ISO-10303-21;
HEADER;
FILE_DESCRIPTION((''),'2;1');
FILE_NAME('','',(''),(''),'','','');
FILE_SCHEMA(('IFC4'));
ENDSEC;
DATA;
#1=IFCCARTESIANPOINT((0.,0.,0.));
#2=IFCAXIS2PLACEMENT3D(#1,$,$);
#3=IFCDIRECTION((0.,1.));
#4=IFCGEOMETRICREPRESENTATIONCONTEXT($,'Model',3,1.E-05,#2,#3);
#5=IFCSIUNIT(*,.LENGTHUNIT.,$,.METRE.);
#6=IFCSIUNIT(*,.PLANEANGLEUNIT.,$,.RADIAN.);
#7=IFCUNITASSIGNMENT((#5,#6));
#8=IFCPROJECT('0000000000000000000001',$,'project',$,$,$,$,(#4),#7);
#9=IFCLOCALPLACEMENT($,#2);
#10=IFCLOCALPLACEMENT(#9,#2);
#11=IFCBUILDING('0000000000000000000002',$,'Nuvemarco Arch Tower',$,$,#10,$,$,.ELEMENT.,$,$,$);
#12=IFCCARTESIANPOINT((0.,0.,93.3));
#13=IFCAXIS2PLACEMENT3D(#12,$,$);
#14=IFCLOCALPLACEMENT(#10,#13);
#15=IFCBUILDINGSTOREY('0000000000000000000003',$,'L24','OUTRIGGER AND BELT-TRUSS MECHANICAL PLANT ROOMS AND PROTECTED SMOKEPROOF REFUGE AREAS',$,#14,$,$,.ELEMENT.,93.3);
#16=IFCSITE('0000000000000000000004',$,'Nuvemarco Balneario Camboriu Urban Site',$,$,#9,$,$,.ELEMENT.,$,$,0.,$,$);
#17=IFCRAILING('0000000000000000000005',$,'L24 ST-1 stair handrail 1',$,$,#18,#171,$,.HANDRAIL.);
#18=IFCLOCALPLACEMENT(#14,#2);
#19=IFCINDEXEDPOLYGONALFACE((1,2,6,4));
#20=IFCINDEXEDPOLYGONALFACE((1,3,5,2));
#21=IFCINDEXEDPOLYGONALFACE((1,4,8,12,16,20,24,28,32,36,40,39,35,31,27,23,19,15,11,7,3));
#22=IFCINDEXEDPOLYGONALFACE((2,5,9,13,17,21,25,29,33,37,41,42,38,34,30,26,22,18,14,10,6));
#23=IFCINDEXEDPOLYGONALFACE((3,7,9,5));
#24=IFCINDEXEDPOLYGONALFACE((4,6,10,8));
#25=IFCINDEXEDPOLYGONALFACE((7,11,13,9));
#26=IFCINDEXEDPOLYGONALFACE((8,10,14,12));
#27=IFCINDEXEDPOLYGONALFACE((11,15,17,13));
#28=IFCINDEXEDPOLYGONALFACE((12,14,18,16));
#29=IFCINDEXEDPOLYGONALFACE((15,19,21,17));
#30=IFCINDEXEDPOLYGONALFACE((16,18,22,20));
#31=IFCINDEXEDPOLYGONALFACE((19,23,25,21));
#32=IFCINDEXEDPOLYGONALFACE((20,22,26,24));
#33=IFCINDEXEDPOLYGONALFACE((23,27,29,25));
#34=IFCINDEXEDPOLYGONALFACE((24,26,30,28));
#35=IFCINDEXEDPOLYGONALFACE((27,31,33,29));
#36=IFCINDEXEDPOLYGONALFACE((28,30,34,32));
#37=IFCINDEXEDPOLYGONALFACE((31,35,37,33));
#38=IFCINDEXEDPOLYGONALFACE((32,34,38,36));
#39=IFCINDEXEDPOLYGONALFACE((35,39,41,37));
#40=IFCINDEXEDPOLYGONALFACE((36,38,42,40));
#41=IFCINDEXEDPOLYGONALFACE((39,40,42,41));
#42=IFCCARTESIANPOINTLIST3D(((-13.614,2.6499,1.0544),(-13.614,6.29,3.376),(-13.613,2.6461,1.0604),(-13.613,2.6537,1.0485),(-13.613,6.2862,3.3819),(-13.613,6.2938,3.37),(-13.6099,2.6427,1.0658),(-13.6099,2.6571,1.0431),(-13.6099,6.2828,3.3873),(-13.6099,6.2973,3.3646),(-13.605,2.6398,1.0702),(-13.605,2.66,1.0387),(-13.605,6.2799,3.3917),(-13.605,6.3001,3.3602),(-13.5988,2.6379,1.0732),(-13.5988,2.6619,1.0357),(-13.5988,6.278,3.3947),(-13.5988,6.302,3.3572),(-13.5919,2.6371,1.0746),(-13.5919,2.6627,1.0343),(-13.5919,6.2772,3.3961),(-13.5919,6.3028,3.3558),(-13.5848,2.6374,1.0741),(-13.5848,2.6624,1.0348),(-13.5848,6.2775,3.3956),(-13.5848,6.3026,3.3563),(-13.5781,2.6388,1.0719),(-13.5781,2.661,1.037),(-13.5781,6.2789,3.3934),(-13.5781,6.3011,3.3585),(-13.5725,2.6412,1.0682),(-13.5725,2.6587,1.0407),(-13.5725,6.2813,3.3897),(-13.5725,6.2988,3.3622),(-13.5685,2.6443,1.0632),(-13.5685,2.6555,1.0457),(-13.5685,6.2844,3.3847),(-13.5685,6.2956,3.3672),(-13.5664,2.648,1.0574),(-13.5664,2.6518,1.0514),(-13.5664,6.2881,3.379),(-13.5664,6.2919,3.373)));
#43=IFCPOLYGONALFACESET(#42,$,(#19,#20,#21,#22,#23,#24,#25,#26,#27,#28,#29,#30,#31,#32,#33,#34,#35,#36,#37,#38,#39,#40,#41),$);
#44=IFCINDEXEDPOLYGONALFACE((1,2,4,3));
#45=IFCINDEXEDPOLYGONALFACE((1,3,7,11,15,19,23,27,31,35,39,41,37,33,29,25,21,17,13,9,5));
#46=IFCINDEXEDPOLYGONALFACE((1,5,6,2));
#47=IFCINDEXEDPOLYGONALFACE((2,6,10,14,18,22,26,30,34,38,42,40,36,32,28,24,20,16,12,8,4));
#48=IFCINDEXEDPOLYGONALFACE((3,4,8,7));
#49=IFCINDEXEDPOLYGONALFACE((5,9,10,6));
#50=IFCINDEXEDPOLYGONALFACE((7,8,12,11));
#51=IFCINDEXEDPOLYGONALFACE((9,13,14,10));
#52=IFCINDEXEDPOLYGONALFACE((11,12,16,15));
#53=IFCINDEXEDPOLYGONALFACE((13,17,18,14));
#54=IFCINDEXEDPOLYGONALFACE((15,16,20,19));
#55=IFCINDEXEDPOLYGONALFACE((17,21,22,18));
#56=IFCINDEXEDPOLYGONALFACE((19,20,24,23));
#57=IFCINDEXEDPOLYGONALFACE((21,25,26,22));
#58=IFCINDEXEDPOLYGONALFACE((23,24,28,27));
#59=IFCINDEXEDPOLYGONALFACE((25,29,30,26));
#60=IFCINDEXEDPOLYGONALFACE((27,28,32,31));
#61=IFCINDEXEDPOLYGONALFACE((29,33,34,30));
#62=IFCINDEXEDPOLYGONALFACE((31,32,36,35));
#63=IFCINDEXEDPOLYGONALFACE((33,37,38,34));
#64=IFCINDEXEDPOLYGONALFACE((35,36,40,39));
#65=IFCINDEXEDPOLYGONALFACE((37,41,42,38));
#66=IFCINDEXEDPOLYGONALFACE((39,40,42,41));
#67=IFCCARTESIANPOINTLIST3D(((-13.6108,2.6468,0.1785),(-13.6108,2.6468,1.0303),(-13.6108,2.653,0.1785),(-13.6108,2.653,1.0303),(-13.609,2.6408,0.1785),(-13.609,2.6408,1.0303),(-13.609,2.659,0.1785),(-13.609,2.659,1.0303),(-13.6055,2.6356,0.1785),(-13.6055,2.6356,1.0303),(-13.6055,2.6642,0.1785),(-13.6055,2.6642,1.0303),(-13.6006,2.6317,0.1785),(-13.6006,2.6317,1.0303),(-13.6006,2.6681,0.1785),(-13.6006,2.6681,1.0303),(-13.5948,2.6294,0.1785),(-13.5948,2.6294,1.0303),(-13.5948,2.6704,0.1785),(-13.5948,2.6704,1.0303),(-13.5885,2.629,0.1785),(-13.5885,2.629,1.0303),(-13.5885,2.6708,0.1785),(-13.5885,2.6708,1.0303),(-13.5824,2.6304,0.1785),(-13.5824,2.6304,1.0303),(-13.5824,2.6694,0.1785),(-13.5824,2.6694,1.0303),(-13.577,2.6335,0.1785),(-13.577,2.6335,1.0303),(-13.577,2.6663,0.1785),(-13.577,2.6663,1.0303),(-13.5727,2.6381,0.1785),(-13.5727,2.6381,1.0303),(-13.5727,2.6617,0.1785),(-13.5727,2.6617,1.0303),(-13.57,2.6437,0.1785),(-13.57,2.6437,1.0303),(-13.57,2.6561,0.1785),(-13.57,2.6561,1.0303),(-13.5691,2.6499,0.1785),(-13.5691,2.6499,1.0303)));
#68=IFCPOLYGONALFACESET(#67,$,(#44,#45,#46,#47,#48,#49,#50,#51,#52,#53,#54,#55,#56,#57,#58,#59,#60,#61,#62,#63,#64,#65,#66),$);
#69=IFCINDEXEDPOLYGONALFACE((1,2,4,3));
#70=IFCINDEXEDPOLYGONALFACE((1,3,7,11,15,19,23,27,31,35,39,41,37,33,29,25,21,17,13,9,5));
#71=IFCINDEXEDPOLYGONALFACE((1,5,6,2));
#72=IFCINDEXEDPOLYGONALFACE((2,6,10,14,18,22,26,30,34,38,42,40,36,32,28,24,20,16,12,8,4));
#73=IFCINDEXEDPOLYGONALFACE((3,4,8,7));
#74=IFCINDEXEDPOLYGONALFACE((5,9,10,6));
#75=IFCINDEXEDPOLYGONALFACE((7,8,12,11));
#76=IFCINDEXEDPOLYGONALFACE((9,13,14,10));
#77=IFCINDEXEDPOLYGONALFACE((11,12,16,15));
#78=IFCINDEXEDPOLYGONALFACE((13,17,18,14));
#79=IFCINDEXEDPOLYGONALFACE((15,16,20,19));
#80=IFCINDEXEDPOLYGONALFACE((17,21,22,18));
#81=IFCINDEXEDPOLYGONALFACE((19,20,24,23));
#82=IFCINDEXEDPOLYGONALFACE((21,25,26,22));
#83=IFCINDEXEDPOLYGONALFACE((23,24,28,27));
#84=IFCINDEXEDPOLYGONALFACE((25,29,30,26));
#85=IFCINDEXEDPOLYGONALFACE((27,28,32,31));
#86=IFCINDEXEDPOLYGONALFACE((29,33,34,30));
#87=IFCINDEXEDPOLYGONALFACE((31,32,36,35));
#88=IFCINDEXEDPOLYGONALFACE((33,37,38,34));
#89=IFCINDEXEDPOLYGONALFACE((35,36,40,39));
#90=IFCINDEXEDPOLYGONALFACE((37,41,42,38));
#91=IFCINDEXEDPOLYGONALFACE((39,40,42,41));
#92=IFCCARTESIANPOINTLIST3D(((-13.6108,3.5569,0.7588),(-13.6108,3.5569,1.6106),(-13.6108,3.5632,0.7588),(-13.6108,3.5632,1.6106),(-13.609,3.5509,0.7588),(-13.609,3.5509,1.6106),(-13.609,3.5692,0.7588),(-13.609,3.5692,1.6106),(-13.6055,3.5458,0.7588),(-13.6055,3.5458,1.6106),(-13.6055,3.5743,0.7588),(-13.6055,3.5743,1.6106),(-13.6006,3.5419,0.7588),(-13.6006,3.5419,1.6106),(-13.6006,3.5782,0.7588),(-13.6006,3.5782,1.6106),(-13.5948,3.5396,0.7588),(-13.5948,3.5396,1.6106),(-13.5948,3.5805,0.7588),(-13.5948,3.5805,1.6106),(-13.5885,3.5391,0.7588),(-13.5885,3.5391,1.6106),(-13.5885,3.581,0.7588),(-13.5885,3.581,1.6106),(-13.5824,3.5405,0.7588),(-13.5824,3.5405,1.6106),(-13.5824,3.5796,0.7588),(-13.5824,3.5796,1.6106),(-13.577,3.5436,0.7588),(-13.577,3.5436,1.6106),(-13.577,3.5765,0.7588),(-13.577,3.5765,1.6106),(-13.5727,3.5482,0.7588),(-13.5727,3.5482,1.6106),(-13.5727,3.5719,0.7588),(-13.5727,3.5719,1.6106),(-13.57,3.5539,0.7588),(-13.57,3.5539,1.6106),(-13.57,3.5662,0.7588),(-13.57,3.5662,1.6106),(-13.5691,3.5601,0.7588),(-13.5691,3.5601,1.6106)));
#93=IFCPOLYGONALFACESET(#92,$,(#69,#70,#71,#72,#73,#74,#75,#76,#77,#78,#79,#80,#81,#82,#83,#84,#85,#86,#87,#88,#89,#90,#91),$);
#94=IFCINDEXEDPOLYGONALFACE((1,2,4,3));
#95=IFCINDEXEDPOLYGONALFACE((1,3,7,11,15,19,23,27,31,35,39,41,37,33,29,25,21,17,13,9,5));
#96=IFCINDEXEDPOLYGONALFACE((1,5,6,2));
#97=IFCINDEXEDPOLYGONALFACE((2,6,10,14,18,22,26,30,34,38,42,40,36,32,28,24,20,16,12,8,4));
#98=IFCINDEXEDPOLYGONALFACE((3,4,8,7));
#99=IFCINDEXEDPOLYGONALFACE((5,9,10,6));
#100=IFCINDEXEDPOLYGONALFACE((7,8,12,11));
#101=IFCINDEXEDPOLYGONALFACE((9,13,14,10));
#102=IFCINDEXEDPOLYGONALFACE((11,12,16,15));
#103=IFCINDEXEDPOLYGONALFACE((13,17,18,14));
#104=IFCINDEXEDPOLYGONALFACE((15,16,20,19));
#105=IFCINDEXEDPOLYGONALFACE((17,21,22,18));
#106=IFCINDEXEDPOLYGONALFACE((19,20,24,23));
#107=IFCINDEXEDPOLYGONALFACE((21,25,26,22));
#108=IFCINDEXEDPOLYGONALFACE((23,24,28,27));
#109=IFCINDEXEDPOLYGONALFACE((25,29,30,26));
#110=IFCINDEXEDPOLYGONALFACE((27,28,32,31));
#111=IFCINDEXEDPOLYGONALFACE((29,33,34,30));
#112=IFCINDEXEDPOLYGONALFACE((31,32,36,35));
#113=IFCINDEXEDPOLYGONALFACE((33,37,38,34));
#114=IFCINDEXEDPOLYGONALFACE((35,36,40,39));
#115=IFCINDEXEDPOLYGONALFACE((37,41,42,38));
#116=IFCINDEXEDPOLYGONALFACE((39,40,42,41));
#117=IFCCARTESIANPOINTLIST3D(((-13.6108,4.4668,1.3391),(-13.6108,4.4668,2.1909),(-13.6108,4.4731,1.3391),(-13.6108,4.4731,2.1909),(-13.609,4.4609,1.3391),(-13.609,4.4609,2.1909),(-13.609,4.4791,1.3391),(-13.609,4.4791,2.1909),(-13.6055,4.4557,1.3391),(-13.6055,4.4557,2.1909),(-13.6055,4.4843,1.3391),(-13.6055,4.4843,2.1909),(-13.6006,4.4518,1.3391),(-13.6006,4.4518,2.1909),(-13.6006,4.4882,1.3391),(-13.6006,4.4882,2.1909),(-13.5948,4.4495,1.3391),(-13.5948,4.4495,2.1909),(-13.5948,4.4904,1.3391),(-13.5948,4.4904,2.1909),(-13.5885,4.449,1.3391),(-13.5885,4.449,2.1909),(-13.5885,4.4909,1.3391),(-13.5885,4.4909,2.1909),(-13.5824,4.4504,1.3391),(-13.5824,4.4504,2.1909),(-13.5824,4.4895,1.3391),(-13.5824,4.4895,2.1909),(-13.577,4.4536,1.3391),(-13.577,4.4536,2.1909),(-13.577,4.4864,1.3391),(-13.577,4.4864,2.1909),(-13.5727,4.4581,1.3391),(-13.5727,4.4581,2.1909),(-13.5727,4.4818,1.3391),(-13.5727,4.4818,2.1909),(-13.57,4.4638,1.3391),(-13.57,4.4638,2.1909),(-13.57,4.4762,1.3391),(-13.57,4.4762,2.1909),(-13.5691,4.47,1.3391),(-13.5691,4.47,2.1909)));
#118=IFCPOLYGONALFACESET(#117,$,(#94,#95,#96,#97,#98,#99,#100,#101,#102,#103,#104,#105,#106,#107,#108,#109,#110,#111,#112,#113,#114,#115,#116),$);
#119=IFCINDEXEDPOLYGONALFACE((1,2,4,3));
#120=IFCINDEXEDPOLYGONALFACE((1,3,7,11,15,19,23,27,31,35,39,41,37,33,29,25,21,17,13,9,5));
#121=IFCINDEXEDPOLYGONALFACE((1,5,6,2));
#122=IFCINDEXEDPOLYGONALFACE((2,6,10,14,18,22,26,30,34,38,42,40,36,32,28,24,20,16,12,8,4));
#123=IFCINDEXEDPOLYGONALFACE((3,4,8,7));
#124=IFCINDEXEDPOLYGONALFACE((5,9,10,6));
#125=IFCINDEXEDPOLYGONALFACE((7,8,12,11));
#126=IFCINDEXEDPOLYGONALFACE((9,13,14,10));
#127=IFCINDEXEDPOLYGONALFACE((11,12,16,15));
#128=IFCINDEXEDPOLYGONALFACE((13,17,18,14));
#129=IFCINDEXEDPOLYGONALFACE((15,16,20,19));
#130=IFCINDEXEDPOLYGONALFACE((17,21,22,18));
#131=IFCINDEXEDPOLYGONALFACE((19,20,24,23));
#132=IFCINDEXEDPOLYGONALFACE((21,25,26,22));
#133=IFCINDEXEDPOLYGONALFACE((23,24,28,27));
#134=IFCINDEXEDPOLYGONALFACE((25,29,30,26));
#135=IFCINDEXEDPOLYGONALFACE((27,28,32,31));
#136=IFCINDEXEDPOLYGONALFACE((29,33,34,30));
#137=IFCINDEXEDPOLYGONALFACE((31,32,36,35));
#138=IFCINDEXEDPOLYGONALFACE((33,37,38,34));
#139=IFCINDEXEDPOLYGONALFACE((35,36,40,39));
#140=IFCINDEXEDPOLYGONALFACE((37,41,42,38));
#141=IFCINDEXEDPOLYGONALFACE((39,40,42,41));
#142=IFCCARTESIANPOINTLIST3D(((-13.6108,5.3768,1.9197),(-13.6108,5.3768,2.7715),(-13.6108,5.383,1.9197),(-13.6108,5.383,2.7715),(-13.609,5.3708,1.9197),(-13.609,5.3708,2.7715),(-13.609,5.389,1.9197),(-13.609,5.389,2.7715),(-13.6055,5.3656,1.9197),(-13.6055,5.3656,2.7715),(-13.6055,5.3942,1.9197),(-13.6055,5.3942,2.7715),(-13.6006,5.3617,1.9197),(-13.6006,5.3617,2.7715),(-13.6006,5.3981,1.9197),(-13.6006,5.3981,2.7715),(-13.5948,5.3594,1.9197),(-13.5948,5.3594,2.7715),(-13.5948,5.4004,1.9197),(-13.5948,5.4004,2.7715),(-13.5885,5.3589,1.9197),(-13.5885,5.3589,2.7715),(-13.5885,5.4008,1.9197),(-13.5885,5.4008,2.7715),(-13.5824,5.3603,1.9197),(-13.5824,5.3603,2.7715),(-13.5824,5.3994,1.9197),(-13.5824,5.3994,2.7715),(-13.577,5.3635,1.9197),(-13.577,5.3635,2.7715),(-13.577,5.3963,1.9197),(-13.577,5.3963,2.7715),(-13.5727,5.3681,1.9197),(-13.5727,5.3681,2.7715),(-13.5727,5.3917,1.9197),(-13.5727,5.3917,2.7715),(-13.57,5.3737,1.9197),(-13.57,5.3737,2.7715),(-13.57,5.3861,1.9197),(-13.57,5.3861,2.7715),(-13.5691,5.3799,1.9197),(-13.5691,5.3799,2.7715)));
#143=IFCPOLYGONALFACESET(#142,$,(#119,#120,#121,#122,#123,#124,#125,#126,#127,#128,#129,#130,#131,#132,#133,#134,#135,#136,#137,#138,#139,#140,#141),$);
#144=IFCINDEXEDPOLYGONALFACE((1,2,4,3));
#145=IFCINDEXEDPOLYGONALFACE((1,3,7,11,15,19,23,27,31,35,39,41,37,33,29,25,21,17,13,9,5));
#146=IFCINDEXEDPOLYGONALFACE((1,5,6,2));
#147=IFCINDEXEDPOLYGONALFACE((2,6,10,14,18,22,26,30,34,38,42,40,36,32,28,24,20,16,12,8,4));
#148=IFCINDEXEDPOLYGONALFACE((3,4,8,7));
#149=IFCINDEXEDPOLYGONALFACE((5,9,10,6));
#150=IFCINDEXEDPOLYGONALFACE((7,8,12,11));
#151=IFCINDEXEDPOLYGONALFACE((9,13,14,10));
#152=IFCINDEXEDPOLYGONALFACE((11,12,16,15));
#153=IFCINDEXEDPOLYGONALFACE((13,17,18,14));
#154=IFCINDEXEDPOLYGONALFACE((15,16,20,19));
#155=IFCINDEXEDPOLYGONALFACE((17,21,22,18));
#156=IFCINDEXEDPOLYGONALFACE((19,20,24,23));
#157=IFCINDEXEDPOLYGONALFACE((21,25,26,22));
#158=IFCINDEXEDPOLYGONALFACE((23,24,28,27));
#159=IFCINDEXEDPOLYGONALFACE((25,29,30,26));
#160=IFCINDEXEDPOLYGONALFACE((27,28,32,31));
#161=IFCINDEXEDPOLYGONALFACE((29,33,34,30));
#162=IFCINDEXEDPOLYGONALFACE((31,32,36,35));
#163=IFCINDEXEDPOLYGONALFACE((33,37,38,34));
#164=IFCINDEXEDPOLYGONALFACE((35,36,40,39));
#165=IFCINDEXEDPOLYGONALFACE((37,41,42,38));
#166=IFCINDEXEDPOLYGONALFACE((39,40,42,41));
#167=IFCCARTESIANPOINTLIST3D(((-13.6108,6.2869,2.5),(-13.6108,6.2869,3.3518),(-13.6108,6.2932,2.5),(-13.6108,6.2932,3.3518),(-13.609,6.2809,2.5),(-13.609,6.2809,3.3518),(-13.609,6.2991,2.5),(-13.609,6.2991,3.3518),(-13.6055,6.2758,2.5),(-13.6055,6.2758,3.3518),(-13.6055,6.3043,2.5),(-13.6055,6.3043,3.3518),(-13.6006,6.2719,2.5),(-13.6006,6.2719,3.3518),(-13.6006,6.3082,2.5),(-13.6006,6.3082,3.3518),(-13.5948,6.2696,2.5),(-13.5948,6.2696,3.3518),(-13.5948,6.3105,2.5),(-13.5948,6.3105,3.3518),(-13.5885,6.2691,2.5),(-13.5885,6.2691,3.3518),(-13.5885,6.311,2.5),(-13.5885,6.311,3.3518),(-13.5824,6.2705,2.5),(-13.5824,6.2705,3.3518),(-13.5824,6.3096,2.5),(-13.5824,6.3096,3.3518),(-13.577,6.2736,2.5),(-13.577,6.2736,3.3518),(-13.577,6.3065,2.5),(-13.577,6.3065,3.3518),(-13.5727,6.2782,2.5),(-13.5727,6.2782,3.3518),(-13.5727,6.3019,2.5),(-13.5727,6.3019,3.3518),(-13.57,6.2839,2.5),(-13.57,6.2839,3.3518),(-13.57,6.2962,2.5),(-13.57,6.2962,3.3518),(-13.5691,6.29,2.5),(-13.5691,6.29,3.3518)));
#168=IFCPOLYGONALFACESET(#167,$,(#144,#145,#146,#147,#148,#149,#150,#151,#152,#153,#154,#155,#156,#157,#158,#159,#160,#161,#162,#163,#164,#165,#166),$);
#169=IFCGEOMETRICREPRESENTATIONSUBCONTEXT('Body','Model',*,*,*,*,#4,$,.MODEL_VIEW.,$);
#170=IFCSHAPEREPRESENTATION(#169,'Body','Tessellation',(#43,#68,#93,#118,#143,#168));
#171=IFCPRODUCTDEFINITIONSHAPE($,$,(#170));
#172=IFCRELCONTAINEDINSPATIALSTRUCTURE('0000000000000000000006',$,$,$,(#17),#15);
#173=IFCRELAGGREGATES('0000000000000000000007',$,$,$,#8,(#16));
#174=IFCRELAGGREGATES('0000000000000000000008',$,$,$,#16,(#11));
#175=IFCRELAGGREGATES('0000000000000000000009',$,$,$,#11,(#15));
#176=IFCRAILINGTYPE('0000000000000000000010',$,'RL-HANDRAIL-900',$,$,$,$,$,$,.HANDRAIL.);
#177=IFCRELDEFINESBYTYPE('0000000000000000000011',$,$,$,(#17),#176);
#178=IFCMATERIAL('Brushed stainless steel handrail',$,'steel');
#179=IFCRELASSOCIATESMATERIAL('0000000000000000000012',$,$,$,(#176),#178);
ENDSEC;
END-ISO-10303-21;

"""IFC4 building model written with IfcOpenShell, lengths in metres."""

from ifc_helpers import new_model, si_unit, direction, frame, origin, origin_2d, place, context, subcontext, project, spatial, circle, extrude, material, type_object, element, save


model = new_model("IFC4")

# Units and contexts
model_context = context("Model", 3, precision=1e-05, world=origin(), true_north=direction((0.0, 1.0)))
body_context = subcontext(model_context, "Body", "Model", "MODEL_VIEW")
ifc_project = project(units=[si_unit("LENGTHUNIT", "METRE"), si_unit("PLANEANGLEUNIT", "RADIAN")], contexts=[model_context])

# Site, building, storey
site_placement = place(None, origin())
site = spatial("IfcSite", under=ifc_project, at=site_placement, Name="Nuvemarco Balneario Camboriu Urban Site", CompositionType="ELEMENT", RefElevation=0.0)
building_placement = place(site_placement, origin())
building = spatial("IfcBuilding", under=site, at=building_placement, Name="Nuvemarco Arch Tower", CompositionType="ELEMENT")
storey_placement = place(building_placement, frame((0.0, 0.0, 93.3)))
storey = spatial("IfcBuildingStorey", under=building, at=storey_placement, Name="L24", Description="OUTRIGGER AND BELT-TRUSS MECHANICAL PLANT ROOMS AND PROTECTED SMOKEPROOF REFUGE AREAS", CompositionType="ELEMENT", Elevation=93.3)

# Railing
ifc_material_1 = material(Name="Brushed stainless steel handrail", Category="steel")
railing_type_1 = type_object("IfcRailingType", Name="RL-HANDRAIL-900", PredefinedType="HANDRAIL", material=ifc_material_1)
railing_1_placement = place(storey_placement, frame((-13.5901, 2.6499, 0.1785)))
element("IfcRailing", 1, at=railing_1_placement, inside=storey, type_object=railing_type_1, Name="L24 ST-1 stair handrail 1", PredefinedType="HANDRAIL", context=body_context, shape_type="SweptSolid", body=[
    extrude(circle(Radius=0.0239, at=origin_2d()), frame((0.0, 0.0, 0.876), z_axis=(0.0, 0.843128, 0.537713), x_axis=(-1.0, 0.0, 0.0)), (0.0, 0.0, 1.0), 4.3174),
    extrude(circle(Radius=0.021, at=origin_2d()), origin(), (0.0, 0.0, 1.0), 0.8518),
    extrude(circle(Radius=0.021, at=origin_2d()), frame((0.0, 0.9102, 0.5803)), (0.0, 0.0, 1.0), 0.8518),
    extrude(circle(Radius=0.021, at=origin_2d()), frame((0.0, 1.8201, 1.1606)), (0.0, 0.0, 1.0), 0.8518),
    extrude(circle(Radius=0.021, at=origin_2d()), frame((0.0, 2.73, 1.7412)), (0.0, 0.0, 1.0), 0.8518),
    extrude(circle(Radius=0.021, at=origin_2d()), frame((0.0, 3.6401, 2.3215)), (0.0, 0.0, 1.0), 0.8518),
])

save(model, "model.ifc")
